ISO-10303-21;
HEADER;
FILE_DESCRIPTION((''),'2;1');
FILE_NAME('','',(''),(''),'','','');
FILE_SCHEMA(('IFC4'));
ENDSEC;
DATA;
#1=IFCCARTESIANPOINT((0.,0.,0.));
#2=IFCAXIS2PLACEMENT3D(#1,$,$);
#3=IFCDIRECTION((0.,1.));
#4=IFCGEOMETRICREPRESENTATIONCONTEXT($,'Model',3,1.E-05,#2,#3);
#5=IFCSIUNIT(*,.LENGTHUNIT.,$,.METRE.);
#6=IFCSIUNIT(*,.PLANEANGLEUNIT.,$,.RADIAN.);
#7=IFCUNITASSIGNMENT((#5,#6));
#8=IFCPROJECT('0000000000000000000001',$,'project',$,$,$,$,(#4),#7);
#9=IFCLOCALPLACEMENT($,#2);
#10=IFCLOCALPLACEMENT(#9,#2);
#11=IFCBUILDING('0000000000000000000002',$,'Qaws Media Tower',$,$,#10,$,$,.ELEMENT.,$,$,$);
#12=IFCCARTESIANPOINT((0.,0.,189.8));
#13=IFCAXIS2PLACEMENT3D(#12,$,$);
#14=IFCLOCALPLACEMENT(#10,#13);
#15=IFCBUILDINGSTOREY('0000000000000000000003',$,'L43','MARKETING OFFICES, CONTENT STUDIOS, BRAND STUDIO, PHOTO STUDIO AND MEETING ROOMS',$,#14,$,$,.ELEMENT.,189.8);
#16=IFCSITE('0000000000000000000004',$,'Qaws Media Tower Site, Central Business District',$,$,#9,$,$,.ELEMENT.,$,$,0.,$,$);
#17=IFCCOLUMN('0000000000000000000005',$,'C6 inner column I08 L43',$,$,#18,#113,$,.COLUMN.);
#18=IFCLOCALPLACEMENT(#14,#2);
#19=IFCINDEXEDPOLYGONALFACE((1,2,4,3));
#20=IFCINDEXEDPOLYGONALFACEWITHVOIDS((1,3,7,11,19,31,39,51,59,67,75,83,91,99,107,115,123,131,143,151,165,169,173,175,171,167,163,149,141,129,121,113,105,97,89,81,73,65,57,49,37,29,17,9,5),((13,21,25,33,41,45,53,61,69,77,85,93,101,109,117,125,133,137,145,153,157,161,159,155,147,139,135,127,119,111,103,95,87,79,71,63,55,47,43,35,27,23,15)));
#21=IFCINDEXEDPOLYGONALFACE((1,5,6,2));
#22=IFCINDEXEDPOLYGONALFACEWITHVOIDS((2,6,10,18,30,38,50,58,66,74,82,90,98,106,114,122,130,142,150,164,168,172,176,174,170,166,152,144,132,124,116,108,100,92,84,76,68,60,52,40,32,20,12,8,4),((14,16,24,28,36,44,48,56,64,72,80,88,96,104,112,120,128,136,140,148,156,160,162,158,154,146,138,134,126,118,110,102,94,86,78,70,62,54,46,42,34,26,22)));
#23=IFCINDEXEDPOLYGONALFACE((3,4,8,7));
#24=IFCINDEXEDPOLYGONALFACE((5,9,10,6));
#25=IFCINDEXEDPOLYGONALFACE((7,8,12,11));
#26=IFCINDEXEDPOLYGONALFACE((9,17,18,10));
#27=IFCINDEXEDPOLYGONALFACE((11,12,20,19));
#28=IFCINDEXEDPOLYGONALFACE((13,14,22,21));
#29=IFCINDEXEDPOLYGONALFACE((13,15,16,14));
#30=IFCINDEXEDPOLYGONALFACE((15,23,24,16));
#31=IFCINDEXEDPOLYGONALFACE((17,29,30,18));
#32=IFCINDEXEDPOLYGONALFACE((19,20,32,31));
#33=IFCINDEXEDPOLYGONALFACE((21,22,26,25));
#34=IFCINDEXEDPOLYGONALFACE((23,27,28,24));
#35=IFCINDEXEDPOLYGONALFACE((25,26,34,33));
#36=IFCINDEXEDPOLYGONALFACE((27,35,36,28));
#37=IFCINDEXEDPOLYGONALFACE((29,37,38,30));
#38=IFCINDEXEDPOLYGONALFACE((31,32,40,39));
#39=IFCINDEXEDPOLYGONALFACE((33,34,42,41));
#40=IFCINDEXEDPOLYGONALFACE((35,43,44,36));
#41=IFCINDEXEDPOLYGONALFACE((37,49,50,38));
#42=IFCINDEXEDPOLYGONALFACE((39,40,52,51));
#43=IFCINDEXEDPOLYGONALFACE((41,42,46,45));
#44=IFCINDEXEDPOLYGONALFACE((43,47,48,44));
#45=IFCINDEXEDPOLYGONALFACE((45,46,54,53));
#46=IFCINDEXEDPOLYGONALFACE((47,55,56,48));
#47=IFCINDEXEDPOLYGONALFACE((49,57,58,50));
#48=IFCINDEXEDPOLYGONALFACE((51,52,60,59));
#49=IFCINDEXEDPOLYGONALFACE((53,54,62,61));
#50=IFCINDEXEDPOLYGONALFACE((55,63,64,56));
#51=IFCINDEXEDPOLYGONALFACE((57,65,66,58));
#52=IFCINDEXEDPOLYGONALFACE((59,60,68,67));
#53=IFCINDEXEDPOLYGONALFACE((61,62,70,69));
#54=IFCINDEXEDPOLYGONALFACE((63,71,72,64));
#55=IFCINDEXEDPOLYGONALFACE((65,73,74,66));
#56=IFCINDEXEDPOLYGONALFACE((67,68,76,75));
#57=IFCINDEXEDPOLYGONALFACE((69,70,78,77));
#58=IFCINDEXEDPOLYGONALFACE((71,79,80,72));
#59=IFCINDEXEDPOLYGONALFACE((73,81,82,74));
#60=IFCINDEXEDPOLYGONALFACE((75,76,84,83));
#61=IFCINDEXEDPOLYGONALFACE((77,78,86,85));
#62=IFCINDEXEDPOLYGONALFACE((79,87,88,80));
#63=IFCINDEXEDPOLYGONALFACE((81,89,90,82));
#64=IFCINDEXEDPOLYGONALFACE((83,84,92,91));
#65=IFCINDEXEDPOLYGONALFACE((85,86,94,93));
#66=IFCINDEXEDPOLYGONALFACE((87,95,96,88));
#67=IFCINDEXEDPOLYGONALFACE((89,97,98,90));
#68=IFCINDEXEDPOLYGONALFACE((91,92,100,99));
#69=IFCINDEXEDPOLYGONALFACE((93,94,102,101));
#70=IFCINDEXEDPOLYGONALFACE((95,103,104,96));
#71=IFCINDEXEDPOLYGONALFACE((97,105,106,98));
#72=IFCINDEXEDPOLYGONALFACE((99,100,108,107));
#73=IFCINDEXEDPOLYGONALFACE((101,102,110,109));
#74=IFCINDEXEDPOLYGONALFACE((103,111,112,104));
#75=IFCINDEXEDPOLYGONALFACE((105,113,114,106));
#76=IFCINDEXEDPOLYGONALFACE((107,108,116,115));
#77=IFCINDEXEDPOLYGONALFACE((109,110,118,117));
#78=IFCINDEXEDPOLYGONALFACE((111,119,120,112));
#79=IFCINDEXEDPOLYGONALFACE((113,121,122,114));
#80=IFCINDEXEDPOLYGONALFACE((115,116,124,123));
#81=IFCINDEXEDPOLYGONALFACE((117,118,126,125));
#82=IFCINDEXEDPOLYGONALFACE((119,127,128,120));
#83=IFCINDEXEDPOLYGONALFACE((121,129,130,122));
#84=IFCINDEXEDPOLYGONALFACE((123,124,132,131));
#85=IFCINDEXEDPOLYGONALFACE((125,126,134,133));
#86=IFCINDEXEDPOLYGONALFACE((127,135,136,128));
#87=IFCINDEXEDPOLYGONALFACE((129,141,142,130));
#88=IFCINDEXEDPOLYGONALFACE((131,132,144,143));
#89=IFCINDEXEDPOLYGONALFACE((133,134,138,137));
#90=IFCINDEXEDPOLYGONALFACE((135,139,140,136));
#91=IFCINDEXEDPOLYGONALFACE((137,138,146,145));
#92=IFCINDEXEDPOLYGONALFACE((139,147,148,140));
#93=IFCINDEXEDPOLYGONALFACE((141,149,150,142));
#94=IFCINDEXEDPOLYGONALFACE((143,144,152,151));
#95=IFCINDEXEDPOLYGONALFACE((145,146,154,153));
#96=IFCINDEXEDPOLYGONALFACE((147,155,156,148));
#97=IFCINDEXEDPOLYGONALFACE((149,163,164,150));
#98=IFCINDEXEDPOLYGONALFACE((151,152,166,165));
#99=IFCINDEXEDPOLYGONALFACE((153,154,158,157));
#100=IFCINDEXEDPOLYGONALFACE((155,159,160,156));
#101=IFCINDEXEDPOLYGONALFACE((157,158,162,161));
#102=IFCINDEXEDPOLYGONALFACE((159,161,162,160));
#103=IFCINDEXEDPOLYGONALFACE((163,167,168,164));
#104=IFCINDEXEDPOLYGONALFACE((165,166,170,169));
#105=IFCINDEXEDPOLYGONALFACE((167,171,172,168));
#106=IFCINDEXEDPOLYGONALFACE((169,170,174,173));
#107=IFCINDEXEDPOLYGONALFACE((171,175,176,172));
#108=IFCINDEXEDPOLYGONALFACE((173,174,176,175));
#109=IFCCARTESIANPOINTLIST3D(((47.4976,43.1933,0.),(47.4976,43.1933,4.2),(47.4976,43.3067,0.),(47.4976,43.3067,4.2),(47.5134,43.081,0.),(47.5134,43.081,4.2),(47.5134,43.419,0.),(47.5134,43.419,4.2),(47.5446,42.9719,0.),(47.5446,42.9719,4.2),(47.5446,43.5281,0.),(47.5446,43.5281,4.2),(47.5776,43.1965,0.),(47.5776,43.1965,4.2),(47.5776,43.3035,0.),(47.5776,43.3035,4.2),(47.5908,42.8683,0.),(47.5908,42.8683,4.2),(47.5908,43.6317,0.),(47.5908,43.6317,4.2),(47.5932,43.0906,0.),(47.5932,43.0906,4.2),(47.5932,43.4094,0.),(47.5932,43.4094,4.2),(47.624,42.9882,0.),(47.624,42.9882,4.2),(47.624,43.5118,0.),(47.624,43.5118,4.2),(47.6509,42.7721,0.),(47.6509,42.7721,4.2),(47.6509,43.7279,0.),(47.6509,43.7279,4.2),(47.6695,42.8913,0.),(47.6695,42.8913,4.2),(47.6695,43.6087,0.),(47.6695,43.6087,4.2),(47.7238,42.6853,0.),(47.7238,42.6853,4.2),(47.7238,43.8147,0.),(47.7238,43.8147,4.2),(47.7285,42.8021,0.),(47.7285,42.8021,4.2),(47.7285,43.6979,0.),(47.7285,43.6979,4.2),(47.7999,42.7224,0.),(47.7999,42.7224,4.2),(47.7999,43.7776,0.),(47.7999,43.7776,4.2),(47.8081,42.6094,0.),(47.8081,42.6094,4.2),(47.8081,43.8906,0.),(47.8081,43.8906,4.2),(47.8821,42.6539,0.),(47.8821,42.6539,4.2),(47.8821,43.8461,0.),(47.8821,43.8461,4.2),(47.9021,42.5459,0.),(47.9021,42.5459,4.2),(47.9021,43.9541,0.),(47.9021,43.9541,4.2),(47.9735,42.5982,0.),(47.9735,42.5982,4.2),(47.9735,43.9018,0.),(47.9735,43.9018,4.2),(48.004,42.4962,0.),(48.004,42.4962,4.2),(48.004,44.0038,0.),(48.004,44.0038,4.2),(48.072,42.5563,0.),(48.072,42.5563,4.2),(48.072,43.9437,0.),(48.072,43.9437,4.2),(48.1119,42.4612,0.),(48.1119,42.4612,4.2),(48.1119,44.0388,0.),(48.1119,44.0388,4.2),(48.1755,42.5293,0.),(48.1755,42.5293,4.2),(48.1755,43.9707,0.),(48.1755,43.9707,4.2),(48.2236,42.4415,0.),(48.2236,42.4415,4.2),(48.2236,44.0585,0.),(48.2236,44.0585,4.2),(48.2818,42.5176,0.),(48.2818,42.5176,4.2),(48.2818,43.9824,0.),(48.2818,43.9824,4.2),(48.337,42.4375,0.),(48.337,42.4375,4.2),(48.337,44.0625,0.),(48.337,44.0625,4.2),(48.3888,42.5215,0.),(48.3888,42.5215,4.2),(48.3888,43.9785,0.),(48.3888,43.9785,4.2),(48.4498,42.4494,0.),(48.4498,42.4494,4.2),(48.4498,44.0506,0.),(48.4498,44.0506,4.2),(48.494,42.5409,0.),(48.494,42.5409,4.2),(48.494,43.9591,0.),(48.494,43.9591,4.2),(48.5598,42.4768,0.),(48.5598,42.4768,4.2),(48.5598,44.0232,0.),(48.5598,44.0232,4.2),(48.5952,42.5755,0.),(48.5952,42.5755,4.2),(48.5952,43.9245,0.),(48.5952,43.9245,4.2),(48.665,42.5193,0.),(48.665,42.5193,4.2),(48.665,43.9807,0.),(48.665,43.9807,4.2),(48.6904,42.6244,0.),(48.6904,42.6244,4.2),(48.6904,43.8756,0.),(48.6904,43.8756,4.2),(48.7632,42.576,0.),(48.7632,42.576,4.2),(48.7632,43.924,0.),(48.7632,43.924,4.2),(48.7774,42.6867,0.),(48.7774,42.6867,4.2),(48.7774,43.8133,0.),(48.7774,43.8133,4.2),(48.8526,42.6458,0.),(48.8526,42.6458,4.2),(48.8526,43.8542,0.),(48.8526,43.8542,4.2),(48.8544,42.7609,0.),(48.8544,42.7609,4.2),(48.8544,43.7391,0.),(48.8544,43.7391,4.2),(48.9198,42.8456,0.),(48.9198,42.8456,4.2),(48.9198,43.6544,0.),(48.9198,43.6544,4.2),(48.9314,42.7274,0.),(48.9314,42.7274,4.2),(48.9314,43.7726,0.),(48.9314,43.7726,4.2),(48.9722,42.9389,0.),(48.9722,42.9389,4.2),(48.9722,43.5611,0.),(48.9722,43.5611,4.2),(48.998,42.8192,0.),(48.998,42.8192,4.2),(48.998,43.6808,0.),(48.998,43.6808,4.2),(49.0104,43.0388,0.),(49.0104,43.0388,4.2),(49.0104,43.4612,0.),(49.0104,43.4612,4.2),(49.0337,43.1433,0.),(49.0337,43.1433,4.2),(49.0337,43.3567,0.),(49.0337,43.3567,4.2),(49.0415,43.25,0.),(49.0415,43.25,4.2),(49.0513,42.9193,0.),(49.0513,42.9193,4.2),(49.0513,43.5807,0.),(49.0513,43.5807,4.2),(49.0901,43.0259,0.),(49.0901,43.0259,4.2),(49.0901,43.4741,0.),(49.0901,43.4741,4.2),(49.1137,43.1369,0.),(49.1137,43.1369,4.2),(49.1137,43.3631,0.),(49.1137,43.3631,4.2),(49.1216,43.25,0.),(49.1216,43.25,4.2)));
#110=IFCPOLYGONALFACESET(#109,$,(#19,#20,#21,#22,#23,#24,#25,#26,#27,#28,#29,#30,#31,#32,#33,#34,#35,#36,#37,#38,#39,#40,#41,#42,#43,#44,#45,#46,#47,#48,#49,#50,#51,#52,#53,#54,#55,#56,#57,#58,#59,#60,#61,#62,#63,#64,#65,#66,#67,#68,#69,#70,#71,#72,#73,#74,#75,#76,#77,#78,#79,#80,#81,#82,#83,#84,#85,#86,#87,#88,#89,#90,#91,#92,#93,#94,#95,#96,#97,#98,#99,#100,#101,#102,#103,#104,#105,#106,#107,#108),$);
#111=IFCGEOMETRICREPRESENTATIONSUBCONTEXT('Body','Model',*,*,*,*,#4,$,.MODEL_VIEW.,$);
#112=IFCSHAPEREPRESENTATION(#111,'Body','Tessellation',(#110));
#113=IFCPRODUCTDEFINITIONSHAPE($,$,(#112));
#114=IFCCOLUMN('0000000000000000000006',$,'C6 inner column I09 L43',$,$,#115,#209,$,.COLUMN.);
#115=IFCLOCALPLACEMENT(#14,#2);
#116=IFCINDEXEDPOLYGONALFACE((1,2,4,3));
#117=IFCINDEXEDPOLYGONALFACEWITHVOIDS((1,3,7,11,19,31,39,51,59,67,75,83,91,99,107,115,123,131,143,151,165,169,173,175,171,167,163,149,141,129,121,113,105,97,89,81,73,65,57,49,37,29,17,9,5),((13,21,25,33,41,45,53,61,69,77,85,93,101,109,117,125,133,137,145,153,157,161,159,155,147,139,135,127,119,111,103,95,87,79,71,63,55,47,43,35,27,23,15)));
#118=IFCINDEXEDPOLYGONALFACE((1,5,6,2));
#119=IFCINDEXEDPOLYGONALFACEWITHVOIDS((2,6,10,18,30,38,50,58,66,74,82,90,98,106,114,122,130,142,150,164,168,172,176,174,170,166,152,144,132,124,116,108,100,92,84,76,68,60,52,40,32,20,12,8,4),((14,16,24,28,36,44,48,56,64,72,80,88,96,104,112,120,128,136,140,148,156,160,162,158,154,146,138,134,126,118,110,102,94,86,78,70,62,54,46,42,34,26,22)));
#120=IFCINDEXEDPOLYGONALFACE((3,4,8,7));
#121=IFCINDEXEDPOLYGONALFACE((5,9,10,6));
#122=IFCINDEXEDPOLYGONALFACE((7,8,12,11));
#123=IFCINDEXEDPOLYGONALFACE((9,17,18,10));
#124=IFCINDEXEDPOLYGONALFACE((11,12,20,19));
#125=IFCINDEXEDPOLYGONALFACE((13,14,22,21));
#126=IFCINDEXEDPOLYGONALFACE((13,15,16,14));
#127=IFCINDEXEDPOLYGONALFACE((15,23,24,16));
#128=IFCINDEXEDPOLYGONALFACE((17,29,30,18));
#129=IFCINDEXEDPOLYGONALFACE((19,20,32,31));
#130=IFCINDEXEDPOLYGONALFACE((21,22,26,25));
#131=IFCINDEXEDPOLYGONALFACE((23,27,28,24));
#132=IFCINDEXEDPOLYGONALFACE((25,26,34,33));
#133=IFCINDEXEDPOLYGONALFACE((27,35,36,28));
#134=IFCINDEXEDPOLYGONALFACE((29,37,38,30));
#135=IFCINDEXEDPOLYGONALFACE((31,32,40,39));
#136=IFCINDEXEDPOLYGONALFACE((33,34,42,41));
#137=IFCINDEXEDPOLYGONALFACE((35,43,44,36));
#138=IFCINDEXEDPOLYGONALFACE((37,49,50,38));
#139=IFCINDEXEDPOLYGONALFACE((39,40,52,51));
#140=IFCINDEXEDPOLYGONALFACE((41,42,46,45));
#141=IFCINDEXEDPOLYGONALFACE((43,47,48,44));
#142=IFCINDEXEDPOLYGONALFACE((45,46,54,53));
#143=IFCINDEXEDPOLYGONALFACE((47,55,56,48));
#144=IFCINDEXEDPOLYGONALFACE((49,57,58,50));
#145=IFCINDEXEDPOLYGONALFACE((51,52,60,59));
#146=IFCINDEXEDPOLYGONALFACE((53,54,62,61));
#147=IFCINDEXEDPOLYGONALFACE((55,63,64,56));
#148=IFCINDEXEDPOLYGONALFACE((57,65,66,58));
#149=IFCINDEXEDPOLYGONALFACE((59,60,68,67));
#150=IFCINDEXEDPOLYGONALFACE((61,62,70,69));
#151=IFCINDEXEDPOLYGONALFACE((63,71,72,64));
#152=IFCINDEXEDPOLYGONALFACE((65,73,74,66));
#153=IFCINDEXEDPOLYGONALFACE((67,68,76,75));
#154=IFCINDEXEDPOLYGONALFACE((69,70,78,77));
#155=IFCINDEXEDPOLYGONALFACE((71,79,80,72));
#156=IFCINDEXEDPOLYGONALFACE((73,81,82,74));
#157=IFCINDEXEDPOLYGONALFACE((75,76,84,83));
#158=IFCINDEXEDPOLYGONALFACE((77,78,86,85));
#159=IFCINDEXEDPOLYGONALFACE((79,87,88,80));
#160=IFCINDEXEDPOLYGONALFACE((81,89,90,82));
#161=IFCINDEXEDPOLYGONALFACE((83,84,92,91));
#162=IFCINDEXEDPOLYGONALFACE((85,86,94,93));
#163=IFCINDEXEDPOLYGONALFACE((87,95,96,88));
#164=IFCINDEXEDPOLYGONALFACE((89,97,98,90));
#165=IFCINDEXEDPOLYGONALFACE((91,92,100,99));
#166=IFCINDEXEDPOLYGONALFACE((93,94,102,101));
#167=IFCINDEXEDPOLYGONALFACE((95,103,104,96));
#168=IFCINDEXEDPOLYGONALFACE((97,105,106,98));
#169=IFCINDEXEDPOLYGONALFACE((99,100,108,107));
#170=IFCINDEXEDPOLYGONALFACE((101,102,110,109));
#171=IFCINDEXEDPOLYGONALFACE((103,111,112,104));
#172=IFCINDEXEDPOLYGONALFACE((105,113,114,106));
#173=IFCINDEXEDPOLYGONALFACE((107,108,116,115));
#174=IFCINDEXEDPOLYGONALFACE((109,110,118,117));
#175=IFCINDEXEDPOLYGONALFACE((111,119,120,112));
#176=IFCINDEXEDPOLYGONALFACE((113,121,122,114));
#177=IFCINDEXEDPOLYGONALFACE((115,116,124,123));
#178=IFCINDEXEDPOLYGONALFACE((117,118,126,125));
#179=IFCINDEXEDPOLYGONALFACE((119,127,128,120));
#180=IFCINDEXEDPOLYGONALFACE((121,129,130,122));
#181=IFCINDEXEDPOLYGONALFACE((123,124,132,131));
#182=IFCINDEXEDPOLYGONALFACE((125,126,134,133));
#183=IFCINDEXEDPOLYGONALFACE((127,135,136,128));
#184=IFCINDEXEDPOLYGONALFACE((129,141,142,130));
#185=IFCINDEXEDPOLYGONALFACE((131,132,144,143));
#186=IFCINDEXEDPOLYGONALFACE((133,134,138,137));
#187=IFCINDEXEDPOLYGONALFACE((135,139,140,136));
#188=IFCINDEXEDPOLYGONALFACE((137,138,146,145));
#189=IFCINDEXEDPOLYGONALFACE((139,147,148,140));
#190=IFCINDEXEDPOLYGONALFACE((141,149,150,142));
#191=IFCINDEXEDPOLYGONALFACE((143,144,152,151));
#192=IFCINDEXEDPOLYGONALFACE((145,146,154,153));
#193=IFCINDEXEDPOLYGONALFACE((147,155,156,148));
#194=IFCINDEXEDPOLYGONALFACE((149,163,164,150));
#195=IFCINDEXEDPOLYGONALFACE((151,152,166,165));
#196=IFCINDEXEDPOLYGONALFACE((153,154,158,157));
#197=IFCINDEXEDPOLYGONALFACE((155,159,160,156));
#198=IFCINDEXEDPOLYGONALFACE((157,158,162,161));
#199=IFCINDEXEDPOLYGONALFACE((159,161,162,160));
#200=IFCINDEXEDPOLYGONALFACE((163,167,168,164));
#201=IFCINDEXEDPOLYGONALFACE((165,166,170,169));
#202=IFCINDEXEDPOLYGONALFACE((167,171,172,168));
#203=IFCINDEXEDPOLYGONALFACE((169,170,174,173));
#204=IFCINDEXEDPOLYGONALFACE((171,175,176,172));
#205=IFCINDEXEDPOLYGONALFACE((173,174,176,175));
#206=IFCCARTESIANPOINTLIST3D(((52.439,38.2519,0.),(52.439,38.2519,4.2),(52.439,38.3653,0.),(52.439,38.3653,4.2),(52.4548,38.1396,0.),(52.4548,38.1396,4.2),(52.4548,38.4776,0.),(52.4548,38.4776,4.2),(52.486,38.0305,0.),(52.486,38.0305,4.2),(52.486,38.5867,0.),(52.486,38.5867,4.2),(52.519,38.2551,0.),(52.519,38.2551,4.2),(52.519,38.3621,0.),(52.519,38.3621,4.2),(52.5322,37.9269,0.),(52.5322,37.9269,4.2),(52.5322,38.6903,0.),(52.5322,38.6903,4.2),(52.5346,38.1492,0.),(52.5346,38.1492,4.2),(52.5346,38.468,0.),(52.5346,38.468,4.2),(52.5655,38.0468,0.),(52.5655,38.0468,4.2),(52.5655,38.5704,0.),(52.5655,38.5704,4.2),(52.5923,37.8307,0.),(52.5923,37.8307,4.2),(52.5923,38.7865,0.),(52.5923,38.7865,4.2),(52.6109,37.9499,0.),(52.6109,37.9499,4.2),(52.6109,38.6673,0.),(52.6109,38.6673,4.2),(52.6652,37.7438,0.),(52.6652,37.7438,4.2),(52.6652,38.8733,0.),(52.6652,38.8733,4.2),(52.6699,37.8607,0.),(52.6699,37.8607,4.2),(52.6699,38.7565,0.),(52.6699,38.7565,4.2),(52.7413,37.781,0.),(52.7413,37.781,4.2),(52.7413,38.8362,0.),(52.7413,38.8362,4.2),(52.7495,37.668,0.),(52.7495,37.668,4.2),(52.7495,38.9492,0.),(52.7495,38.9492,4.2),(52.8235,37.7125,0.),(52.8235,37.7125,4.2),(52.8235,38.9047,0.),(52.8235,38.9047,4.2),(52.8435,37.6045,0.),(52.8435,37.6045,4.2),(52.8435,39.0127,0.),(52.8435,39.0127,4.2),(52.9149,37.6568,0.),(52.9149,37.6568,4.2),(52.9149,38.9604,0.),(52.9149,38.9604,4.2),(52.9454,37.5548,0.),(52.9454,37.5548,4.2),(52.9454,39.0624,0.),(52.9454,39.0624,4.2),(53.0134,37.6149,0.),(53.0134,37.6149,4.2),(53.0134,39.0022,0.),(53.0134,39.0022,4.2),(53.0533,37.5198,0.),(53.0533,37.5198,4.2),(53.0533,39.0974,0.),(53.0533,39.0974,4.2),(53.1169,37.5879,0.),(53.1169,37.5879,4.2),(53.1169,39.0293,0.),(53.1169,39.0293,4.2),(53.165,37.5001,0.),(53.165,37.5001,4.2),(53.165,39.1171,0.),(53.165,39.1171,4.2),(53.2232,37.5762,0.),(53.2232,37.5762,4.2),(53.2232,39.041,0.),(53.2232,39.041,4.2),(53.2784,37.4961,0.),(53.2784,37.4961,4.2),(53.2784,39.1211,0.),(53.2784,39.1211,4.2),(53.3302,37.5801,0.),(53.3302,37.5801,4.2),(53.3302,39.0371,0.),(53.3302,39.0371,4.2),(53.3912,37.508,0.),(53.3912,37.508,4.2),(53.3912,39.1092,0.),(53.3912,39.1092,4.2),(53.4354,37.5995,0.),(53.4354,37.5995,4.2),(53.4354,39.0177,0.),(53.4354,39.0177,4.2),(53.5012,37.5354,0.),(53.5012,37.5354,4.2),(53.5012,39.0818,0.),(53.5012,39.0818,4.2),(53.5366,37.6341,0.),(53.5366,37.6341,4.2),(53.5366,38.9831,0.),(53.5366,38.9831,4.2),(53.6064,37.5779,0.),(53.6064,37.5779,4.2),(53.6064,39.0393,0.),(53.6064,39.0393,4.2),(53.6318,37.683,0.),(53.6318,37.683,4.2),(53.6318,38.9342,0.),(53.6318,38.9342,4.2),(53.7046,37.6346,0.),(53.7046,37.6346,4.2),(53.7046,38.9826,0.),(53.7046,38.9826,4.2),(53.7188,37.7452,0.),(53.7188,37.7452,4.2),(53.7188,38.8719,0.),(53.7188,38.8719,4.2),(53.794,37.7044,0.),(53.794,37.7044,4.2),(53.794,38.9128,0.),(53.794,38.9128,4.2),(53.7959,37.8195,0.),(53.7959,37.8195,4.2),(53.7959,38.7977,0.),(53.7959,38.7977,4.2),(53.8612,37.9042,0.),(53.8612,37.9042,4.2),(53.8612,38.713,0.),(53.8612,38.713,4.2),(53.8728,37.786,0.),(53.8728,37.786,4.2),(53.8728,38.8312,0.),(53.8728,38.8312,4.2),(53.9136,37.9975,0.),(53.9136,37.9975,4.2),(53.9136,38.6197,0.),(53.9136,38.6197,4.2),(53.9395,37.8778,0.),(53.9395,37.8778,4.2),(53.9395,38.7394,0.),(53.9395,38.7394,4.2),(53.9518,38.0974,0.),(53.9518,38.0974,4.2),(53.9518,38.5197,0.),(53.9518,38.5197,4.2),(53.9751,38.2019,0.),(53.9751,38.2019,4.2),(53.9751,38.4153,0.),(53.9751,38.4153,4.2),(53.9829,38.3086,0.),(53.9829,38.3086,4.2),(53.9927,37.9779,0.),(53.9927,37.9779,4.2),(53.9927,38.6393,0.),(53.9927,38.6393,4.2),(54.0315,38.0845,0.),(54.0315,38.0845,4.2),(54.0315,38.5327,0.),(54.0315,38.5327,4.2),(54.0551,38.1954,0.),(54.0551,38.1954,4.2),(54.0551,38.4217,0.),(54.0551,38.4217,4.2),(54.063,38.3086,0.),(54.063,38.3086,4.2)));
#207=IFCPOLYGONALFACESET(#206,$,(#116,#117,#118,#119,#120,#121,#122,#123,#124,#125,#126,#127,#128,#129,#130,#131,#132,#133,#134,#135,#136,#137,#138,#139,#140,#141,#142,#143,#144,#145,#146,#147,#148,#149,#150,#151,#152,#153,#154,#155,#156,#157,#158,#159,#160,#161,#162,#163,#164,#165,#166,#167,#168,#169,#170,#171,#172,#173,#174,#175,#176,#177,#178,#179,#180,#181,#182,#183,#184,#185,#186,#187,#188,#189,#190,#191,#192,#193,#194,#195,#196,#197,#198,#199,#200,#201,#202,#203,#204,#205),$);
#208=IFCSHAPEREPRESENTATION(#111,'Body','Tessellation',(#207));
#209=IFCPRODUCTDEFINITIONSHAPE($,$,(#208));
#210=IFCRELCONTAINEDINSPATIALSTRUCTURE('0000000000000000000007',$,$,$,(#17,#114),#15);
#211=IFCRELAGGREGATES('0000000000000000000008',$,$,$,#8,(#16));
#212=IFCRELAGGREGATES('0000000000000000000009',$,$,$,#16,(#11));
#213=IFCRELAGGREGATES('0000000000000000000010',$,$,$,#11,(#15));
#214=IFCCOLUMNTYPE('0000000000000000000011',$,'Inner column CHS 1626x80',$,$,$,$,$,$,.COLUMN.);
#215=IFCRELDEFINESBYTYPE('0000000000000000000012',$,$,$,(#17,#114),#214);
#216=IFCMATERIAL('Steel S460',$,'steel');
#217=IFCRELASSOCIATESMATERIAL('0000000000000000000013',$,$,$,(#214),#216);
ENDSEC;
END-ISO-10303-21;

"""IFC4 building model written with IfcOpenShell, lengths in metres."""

from ifc_helpers import new_model, si_unit, direction, frame, origin, origin_2d, place, context, subcontext, project, spatial, hollow_circle, extrude, material, material_profile, profile_set, type_object, element, save


model = new_model("IFC4")

# Units and contexts
model_context = context("Model", 3, precision=1e-05, world=origin(), true_north=direction((0.0, 1.0)))
body_context = subcontext(model_context, "Body", "Model", "MODEL_VIEW")
ifc_project = project(units=[si_unit("LENGTHUNIT", "METRE"), si_unit("PLANEANGLEUNIT", "RADIAN")], contexts=[model_context])

# Site, building, storey
site_placement = place(None, origin())
site = spatial("IfcSite", under=ifc_project, at=site_placement, Name="Qaws Media Tower Site, Central Business District", CompositionType="ELEMENT", RefElevation=0.0)
building_placement = place(site_placement, origin())
building = spatial("IfcBuilding", under=site, at=building_placement, Name="Qaws Media Tower", CompositionType="ELEMENT")
storey_placement = place(building_placement, frame((0.0, 0.0, 189.8)))
storey = spatial("IfcBuildingStorey", under=building, at=storey_placement, Name="L43", Description="MARKETING OFFICES, CONTENT STUDIOS, BRAND STUDIO, PHOTO STUDIO AND MEETING ROOMS", CompositionType="ELEMENT", Elevation=189.8)

# Columns
ifc_material_1 = material(Name="Steel S460", Category="steel")
ifc_material_profile_1 = material_profile(ifc_material_1, hollow_circle(Radius=0.813, WallThickness=0.0801, at=origin_2d()), Name="CHS 1626x80")
ifc_profile_set_1 = profile_set([ifc_material_profile_1], Name="Steel S460")
column_type = type_object("IfcColumnType", Name="Inner column CHS 1626x80", PredefinedType="COLUMN", material=ifc_profile_set_1)
for number, where, z_axis, x_axis, name in (
    (1, (48.3086, 43.25, 0.0), (0.0, 0.0, 1.0), (1.0, 0.0, 0.0), "C6 inner column I08 L43"),
    (2, (53.25, 38.3086, 0.0), (0.0, 0.0, 1.0), (1.0, 0.0, 0.0), "C6 inner column I09 L43"),
):
    element("IfcColumn", number, at=place(storey_placement, frame(where, z_axis=z_axis, x_axis=x_axis)), inside=storey, type_object=column_type, Name=name, PredefinedType="COLUMN", context=body_context, shape_type="SweptSolid", body=[
        extrude(hollow_circle(Radius=0.813, WallThickness=0.0801, at=origin_2d()), origin(), (0.0, 0.0, 1.0), 4.2),
    ])

save(model, "model.ifc")
